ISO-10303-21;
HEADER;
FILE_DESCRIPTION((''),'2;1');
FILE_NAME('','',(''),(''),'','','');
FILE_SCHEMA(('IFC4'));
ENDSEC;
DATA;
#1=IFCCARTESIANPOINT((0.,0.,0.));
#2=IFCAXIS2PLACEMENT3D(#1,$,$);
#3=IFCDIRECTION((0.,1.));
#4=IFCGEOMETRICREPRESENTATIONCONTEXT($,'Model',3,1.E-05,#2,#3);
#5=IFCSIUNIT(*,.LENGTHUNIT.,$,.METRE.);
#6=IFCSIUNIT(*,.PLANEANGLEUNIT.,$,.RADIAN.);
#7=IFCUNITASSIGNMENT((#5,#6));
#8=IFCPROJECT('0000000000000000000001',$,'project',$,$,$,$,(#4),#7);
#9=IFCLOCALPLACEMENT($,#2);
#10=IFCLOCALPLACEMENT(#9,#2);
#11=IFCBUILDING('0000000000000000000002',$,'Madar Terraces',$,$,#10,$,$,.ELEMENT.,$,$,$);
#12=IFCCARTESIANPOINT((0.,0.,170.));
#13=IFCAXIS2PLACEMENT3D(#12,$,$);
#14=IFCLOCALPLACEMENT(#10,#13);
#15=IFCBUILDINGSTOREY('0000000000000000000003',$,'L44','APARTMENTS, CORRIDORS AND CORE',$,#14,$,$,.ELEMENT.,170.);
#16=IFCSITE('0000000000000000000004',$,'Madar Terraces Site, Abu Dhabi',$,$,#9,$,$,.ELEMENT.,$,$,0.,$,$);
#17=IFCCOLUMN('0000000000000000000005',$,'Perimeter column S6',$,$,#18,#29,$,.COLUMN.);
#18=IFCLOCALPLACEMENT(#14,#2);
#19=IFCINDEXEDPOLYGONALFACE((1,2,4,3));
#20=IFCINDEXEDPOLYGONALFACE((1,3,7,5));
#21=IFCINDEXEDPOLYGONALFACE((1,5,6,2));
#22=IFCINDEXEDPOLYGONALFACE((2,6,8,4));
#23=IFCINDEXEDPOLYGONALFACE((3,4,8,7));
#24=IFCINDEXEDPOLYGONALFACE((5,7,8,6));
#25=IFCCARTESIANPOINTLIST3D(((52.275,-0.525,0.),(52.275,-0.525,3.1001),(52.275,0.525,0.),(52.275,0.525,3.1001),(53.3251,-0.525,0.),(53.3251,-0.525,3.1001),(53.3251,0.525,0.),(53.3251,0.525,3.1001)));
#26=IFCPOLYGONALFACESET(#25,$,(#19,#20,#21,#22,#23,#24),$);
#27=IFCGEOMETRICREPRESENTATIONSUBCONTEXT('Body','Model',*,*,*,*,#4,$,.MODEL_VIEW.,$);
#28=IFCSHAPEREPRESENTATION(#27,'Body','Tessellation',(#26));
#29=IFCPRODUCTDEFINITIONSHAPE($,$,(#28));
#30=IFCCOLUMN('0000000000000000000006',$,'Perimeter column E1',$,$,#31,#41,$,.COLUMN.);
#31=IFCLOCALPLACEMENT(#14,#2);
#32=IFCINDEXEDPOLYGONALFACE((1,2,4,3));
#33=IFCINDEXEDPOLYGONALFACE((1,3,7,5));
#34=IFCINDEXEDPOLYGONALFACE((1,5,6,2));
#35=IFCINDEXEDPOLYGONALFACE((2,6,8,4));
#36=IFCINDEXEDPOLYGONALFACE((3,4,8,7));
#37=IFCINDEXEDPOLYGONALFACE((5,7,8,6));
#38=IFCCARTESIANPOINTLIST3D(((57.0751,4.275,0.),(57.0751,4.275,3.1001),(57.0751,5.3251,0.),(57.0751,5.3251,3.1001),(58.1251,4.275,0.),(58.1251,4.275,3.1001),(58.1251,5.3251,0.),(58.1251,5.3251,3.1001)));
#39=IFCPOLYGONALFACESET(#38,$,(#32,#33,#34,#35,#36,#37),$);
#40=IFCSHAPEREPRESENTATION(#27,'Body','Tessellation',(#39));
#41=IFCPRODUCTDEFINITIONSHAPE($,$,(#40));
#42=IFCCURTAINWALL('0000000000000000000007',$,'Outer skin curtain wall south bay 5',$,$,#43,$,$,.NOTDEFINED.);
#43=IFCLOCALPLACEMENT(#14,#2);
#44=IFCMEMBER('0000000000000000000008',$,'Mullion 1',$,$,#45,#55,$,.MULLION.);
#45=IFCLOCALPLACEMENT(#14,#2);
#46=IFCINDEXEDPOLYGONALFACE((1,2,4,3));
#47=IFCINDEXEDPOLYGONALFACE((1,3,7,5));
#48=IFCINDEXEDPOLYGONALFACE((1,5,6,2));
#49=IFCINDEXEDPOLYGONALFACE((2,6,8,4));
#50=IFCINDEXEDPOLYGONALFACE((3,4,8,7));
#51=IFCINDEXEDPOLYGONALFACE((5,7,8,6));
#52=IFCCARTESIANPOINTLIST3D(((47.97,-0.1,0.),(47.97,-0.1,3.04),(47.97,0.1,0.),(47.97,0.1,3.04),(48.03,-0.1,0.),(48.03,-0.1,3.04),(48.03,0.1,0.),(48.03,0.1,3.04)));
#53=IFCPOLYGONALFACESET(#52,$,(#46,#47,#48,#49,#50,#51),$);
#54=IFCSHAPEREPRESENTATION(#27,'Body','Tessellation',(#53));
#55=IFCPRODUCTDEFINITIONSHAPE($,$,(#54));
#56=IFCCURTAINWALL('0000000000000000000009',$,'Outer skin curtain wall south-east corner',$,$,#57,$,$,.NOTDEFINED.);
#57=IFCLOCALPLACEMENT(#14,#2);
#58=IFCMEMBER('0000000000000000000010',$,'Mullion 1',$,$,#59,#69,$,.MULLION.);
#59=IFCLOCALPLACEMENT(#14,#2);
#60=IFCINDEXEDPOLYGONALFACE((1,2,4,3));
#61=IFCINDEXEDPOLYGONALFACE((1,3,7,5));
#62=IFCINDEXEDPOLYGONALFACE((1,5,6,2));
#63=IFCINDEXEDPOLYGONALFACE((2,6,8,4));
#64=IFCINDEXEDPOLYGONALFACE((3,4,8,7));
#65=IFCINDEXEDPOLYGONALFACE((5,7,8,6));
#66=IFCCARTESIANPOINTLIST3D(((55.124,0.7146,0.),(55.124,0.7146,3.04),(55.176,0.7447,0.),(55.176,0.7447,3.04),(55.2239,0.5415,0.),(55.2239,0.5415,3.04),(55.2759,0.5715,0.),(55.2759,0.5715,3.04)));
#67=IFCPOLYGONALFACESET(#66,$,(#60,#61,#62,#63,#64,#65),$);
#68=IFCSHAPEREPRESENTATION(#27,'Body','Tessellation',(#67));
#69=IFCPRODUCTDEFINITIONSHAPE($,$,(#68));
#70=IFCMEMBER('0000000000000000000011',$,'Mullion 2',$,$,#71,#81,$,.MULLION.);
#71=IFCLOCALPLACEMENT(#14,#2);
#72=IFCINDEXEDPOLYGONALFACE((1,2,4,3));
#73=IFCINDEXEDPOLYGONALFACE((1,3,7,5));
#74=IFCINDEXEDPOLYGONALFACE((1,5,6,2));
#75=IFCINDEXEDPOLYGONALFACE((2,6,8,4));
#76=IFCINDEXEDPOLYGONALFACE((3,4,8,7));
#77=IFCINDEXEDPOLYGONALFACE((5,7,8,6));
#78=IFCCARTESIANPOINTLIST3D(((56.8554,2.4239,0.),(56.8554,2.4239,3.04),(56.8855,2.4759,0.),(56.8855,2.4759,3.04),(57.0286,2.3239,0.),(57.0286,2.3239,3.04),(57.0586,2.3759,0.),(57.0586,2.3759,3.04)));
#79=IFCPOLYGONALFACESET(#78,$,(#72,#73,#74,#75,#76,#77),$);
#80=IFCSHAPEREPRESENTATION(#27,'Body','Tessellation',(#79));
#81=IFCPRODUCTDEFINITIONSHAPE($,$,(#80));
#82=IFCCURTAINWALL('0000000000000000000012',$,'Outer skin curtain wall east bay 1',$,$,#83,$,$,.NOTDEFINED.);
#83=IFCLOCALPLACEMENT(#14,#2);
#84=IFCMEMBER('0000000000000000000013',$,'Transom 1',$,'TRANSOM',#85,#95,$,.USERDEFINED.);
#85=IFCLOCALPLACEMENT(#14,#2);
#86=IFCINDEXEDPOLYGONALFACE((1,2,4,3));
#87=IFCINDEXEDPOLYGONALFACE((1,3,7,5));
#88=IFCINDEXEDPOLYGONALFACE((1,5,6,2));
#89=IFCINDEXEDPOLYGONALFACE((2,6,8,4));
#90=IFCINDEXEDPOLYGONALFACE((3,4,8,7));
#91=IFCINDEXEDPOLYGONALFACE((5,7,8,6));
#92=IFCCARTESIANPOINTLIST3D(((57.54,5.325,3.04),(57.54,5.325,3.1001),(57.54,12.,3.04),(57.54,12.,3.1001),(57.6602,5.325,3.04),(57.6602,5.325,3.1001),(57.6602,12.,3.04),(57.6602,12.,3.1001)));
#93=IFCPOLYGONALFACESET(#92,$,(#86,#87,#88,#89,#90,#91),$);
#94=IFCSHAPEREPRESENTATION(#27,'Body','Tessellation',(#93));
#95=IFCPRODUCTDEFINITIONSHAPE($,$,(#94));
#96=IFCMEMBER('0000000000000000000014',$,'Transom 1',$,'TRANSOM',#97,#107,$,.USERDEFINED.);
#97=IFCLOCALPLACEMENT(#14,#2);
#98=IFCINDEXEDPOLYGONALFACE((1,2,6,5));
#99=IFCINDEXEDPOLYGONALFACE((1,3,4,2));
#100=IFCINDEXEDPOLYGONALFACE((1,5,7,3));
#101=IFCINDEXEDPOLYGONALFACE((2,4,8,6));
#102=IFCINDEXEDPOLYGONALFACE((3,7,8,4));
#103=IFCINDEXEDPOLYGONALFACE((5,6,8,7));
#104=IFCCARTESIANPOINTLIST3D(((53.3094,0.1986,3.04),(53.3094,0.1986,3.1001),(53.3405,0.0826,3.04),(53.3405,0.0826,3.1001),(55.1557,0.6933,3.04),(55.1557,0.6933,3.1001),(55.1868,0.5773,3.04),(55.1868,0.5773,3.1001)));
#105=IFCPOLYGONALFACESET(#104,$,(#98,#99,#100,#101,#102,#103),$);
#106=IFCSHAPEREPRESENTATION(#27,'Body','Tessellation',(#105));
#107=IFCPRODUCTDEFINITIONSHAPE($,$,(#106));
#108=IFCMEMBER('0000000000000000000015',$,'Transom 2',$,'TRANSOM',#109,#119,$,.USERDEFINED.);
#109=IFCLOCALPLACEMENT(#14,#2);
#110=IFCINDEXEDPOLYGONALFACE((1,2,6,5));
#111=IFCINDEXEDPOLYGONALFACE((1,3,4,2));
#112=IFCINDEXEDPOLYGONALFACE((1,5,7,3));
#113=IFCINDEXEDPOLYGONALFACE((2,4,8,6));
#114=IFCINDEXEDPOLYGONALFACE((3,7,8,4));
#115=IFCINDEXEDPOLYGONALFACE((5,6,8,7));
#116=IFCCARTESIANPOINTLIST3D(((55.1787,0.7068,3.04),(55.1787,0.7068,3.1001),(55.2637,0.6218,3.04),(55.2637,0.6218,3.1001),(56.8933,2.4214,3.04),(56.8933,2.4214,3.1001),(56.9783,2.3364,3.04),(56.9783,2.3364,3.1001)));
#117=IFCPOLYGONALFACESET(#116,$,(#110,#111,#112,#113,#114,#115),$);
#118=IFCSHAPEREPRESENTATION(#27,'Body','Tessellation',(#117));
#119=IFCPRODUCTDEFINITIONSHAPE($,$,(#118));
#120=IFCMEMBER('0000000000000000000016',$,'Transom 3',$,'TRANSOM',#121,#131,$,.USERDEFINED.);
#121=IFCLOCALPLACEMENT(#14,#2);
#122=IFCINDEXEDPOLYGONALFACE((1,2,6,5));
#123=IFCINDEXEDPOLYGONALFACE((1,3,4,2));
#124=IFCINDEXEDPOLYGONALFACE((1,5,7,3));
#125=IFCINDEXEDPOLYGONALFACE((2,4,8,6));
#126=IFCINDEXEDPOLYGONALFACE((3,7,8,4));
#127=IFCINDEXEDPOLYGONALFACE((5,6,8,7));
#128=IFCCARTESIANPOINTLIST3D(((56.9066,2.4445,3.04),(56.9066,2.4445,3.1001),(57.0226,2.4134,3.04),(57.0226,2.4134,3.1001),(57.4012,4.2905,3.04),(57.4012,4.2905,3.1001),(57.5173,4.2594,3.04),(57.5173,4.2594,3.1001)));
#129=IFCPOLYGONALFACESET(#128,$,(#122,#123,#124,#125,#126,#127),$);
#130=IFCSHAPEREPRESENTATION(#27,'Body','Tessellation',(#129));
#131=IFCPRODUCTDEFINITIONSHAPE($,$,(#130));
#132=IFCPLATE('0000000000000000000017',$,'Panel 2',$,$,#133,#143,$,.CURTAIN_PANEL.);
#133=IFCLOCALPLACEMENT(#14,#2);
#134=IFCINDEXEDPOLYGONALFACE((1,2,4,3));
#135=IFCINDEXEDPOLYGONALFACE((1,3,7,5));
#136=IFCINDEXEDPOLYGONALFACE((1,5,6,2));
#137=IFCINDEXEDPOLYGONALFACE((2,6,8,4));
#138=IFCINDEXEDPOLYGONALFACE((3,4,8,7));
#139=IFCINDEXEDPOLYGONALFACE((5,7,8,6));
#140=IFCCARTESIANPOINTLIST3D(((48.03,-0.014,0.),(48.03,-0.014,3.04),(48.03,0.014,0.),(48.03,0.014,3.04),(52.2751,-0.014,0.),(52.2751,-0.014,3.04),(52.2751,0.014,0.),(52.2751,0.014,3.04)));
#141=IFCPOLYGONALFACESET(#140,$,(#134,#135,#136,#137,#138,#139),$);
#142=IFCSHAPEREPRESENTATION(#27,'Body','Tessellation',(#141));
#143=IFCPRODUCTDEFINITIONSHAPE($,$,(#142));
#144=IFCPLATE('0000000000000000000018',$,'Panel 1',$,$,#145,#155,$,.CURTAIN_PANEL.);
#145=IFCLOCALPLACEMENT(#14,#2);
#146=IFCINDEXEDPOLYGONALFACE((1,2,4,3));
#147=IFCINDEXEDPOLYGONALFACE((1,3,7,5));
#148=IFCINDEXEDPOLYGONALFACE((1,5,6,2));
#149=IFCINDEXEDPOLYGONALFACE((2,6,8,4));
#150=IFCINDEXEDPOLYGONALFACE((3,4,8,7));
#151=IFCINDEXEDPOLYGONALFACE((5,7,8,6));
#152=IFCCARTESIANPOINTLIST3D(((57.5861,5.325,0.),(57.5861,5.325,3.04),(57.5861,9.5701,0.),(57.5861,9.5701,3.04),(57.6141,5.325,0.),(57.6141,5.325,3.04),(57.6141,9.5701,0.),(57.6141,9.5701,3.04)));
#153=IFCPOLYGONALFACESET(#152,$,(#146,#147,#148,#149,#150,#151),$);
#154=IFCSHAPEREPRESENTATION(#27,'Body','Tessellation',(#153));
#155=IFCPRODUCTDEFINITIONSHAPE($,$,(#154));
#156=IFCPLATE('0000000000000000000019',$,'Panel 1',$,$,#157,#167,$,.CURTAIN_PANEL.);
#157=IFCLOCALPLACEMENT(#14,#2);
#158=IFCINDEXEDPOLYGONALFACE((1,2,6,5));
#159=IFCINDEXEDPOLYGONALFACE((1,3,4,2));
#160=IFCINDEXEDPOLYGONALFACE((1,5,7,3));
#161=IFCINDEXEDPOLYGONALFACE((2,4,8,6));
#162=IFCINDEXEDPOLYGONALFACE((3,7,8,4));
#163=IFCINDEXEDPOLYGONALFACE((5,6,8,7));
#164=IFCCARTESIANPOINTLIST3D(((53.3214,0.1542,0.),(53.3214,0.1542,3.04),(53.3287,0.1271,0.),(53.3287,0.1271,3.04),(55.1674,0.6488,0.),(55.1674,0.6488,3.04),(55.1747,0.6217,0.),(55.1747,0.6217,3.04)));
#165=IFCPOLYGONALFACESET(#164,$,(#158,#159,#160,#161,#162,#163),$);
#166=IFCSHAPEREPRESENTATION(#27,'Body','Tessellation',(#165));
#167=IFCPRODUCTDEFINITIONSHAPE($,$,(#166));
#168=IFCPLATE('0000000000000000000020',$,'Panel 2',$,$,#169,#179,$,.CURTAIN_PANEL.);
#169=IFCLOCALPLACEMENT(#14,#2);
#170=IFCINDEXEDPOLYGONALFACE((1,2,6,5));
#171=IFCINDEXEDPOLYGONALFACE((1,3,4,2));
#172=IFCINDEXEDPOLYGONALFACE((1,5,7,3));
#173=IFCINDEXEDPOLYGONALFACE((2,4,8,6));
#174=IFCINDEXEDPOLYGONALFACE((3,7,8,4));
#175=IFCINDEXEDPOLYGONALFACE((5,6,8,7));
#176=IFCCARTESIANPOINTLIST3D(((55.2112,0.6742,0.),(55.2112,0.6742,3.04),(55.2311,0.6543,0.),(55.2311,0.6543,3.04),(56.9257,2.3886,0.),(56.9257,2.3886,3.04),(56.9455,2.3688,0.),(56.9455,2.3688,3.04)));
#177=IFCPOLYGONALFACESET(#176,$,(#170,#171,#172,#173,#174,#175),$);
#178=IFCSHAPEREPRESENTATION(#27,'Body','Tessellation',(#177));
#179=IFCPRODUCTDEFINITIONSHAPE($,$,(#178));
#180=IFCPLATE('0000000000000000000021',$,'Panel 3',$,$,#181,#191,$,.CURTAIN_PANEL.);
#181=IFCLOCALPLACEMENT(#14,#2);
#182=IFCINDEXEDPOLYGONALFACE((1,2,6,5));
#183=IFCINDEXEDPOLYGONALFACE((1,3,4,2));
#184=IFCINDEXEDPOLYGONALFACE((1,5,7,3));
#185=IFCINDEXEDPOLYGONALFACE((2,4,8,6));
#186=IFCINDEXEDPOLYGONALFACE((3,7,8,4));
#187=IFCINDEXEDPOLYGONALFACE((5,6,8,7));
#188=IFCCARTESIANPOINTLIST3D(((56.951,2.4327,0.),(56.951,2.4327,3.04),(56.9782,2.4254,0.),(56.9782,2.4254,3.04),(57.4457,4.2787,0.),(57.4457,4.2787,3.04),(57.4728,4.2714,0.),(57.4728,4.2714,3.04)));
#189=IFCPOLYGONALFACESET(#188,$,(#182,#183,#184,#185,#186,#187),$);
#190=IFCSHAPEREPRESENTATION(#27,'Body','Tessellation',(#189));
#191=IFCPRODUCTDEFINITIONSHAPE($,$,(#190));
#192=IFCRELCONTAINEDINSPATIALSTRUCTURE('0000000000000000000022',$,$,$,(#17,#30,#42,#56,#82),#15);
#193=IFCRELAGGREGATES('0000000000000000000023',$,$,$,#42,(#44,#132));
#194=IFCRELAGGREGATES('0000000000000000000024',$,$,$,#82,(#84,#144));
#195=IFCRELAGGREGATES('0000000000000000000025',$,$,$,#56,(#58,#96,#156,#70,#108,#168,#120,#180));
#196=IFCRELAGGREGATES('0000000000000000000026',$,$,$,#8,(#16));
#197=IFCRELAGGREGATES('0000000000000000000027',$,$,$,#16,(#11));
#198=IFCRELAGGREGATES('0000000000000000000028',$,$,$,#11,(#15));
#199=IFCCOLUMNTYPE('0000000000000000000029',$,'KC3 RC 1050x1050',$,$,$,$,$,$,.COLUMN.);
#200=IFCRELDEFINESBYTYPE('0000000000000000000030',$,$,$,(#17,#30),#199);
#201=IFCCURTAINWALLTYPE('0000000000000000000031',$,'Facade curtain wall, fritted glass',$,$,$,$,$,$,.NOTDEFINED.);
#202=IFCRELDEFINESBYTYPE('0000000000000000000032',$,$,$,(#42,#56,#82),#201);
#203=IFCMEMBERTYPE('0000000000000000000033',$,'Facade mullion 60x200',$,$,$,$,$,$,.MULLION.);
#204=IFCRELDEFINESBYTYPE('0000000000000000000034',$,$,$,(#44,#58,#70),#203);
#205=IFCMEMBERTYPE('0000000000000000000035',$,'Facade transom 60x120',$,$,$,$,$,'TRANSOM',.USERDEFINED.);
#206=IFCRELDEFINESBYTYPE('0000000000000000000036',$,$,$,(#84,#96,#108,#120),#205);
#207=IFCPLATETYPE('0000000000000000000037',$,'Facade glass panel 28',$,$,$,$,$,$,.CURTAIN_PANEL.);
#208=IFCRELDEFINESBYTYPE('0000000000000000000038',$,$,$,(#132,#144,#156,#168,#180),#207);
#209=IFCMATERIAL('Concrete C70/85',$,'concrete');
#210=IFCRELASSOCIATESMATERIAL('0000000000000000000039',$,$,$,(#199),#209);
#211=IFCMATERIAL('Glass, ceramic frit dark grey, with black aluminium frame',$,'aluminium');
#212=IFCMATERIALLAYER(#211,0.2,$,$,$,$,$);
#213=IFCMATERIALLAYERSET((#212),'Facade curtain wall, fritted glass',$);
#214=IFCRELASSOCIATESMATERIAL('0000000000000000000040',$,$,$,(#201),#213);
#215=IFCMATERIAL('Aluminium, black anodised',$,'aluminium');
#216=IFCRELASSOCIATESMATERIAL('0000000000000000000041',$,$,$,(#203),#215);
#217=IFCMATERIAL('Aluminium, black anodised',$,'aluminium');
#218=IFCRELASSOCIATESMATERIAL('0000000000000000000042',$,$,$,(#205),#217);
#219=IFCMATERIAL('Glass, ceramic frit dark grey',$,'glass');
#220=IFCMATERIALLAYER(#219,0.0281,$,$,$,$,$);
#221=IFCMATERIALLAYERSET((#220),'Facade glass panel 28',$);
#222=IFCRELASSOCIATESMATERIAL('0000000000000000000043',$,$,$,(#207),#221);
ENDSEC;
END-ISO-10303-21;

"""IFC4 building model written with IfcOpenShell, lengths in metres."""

from ifc_helpers import new_model, si_unit, direction, frame, origin, origin_2d, place, context, subcontext, project, spatial, rectangle, extrude, material, layer, layer_set, material_profile, profile_set, type_object, element, aggregate, save


model = new_model("IFC4")

# Units and contexts
model_context = context("Model", 3, precision=1e-05, world=origin(), true_north=direction((0.0, 1.0)))
body_context = subcontext(model_context, "Body", "Model", "MODEL_VIEW")
ifc_project = project(units=[si_unit("LENGTHUNIT", "METRE"), si_unit("PLANEANGLEUNIT", "RADIAN")], contexts=[model_context])

# Site, building, storey
site_placement = place(None, origin())
site = spatial("IfcSite", under=ifc_project, at=site_placement, Name="Madar Terraces Site, Abu Dhabi", CompositionType="ELEMENT", RefElevation=0.0)
building_placement = place(site_placement, origin())
building = spatial("IfcBuilding", under=site, at=building_placement, Name="Madar Terraces", CompositionType="ELEMENT")
storey_placement = place(building_placement, frame((0.0, 0.0, 170.0)))
storey = spatial("IfcBuildingStorey", under=building, at=storey_placement, Name="L44", Description="APARTMENTS, CORRIDORS AND CORE", CompositionType="ELEMENT", Elevation=170.0)

# Columns
ifc_material_1 = material(Name="Concrete C70/85", Category="concrete")
ifc_material_profile_1 = material_profile(ifc_material_1, rectangle(XDim=1.05, YDim=1.05, at=origin_2d()), Name="KC3 RC 1050x1050")
ifc_profile_set_1 = profile_set([ifc_material_profile_1], Name="Concrete C70/85")
column_type = type_object("IfcColumnType", Name="KC3 RC 1050x1050", PredefinedType="COLUMN", material=ifc_profile_set_1)
for number, where, z_axis, x_axis, name in (
    (1, (52.8, 0.0, 0.0), (0.0, 0.0, 1.0), (1.0, 0.0, 0.0), "Perimeter column S6"),
    (2, (57.6001, 4.8, 0.0), (0.0, 0.0, 1.0), (1.0, 0.0, 0.0), "Perimeter column E1"),
):
    element("IfcColumn", number, at=place(storey_placement, frame(where, z_axis=z_axis, x_axis=x_axis)), inside=storey, type_object=column_type, Name=name, PredefinedType="COLUMN", context=body_context, shape_type="SweptSolid", body=[
        extrude(rectangle(XDim=1.05, YDim=1.05, at=origin_2d()), origin(), (0.0, 0.0, 1.0), 3.1001),
    ])

# Curtain wall, member
ifc_material_2 = material(Name="Glass, ceramic frit dark grey, with black aluminium frame", Category="aluminium")
ifc_layer_1 = layer(ifc_material_2, 0.2)
ifc_layer_set_1 = layer_set([ifc_layer_1], Name="Facade curtain wall, fritted glass")
curtain_wall_type = type_object("IfcCurtainWallType", Name="Facade curtain wall, fritted glass", PredefinedType="NOTDEFINED", material=ifc_layer_set_1)
curtain_wall_1_placement = place(storey_placement, origin())
curtain_wall_1 = element("IfcCurtainWall", 3, at=curtain_wall_1_placement, inside=storey, type_object=curtain_wall_type, Name="Outer skin curtain wall south bay 5", PredefinedType="NOTDEFINED")
ifc_material_3 = material(Name="Aluminium, black anodised", Category="aluminium")
ifc_material_profile_2 = material_profile(ifc_material_3, rectangle(XDim=0.2, YDim=0.0601, at=origin_2d()), Name="Facade mullion 60x200")
ifc_profile_set_2 = profile_set([ifc_material_profile_2], Name="Aluminium, black anodised")
member_type_1 = type_object("IfcMemberType", Name="Facade mullion 60x200", PredefinedType="MULLION", material=ifc_profile_set_2)
member_1_placement = place(storey_placement, frame((48.0, 0.0, 0.0), z_axis=(0.0, 0.0, 1.0), x_axis=(0.0, 1.0, 0.0)))
member_1 = element("IfcMember", 4, at=member_1_placement, type_object=member_type_1, Name="Mullion 1", PredefinedType="MULLION", context=body_context, shape_type="SweptSolid", body=[
    extrude(rectangle(XDim=0.2, YDim=0.0601, at=origin_2d()), origin(), (0.0, 0.0, 1.0), 3.04),
])

# Curtain wall, members
curtain_wall_2_placement = place(storey_placement, origin())
curtain_wall_2 = element("IfcCurtainWall", 5, at=curtain_wall_2_placement, inside=storey, type_object=curtain_wall_type, Name="Outer skin curtain wall south-east corner", PredefinedType="NOTDEFINED")
member_2_placement = place(storey_placement, frame((55.2, 0.6431, 0.0), z_axis=(0.0, 0.0, 1.0), x_axis=(-0.5, 0.866025, 0.0)))
member_2 = element("IfcMember", 6, at=member_2_placement, type_object=member_type_1, Name="Mullion 1", PredefinedType="MULLION", context=body_context, shape_type="SweptSolid", body=[
    extrude(rectangle(XDim=0.2, YDim=0.0601, at=origin_2d()), origin(), (0.0, 0.0, 1.0), 3.04),
])
member_3_placement = place(storey_placement, frame((56.957, 2.3999, 0.0), z_axis=(0.0, 0.0, 1.0), x_axis=(-0.866025, 0.5, 0.0)))
member_3 = element("IfcMember", 7, at=member_3_placement, type_object=member_type_1, Name="Mullion 2", PredefinedType="MULLION", context=body_context, shape_type="SweptSolid", body=[
    extrude(rectangle(XDim=0.2, YDim=0.0601, at=origin_2d()), origin(), (0.0, 0.0, 1.0), 3.04),
])

# Curtain wall, member
curtain_wall_3_placement = place(storey_placement, origin())
curtain_wall_3 = element("IfcCurtainWall", 8, at=curtain_wall_3_placement, inside=storey, type_object=curtain_wall_type, Name="Outer skin curtain wall east bay 1", PredefinedType="NOTDEFINED")
ifc_material_4 = material(Name="Aluminium, black anodised", Category="aluminium")
ifc_material_profile_3 = material_profile(ifc_material_4, rectangle(XDim=0.1201, YDim=0.0601, at=origin_2d()), Name="Facade transom 60x120")
ifc_profile_set_3 = profile_set([ifc_material_profile_3], Name="Aluminium, black anodised")
member_type_2 = type_object("IfcMemberType", Name="Facade transom 60x120", ElementType="TRANSOM", PredefinedType="USERDEFINED", material=ifc_profile_set_3)
member_4_placement = place(storey_placement, frame((57.6001, 5.325, 3.0701), z_axis=(0.0, 1.0, 0.0), x_axis=(-1.0, 0.0, 0.0)))
member_4 = element("IfcMember", 9, at=member_4_placement, type_object=member_type_2, Name="Transom 1", ObjectType="TRANSOM", PredefinedType="USERDEFINED", context=body_context, shape_type="SweptSolid", body=[
    extrude(rectangle(XDim=0.1201, YDim=0.0601, at=origin_2d()), origin(), (0.0, 0.0, 1.0), 6.675),
])

# Members
member_5_placement = place(storey_placement, frame((53.325, 0.1406, 3.0701), z_axis=(0.965933, 0.258791, 0.0), x_axis=(-0.258791, 0.965933, 0.0)))
member_5 = element("IfcMember", 10, at=member_5_placement, type_object=member_type_2, Name="Transom 1", ObjectType="TRANSOM", PredefinedType="USERDEFINED", context=body_context, shape_type="SweptSolid", body=[
    extrude(rectangle(XDim=0.1201, YDim=0.0601, at=origin_2d()), origin(), (0.0, 0.0, 1.0), 1.9114),
])
member_6_placement = place(storey_placement, frame((55.2212, 0.6643, 3.0701), z_axis=(0.707107, 0.707107, 0.0), x_axis=(-0.707107, 0.707107, 0.0)))
member_6 = element("IfcMember", 11, at=member_6_placement, type_object=member_type_2, Name="Transom 2", ObjectType="TRANSOM", PredefinedType="USERDEFINED", context=body_context, shape_type="SweptSolid", body=[
    extrude(rectangle(XDim=0.1201, YDim=0.0601, at=origin_2d()), origin(), (0.0, 0.0, 1.0), 2.4248),
])
member_7_placement = place(storey_placement, frame((56.9646, 2.429, 3.0701), z_axis=(0.258823, 0.965925, 0.0), x_axis=(-0.965925, 0.258823, 0.0)))
member_7 = element("IfcMember", 12, at=member_7_placement, type_object=member_type_2, Name="Transom 3", ObjectType="TRANSOM", PredefinedType="USERDEFINED", context=body_context, shape_type="SweptSolid", body=[
    extrude(rectangle(XDim=0.1201, YDim=0.0601, at=origin_2d()), origin(), (0.0, 0.0, 1.0), 1.9111),
])

# Plates
ifc_material_5 = material(Name="Glass, ceramic frit dark grey", Category="glass")
ifc_layer_2 = layer(ifc_material_5, 0.0281)
ifc_layer_set_2 = layer_set([ifc_layer_2], Name="Facade glass panel 28")
plate_type = type_object("IfcPlateType", Name="Facade glass panel 28", PredefinedType="CURTAIN_PANEL", material=ifc_layer_set_2)
plate_1_placement = place(storey_placement, frame((50.1526, 0.0, 0.0), z_axis=(0.0, 0.0, 1.0), x_axis=(1.0, 0.0, 0.0)))
plate_1 = element("IfcPlate", 13, at=plate_1_placement, type_object=plate_type, Name="Panel 2", PredefinedType="CURTAIN_PANEL", context=body_context, shape_type="SweptSolid", body=[
    extrude(rectangle(XDim=4.2451, YDim=0.0281, at=origin_2d()), origin(), (0.0, 0.0, 1.0), 3.04),
])
aggregate(curtain_wall_1, [member_1, plate_1])
plate_2_placement = place(storey_placement, frame((57.6001, 7.4475, 0.0), z_axis=(0.0, 0.0, 1.0), x_axis=(0.0, 1.0, 0.0)))
plate_2 = element("IfcPlate", 14, at=plate_2_placement, type_object=plate_type, Name="Panel 1", PredefinedType="CURTAIN_PANEL", context=body_context, shape_type="SweptSolid", body=[
    extrude(rectangle(XDim=4.2451, YDim=0.0281, at=origin_2d()), origin(), (0.0, 0.0, 1.0), 3.04),
])
aggregate(curtain_wall_3, [member_4, plate_2])
plate_3_placement = place(storey_placement, frame((54.248, 0.3879, 0.0), z_axis=(0.0, 0.0, 1.0), x_axis=(0.965926, 0.258819, 0.0)))
plate_3 = element("IfcPlate", 15, at=plate_3_placement, type_object=plate_type, Name="Panel 1", PredefinedType="CURTAIN_PANEL", context=body_context, shape_type="SweptSolid", body=[
    extrude(rectangle(XDim=1.9111, YDim=0.0281, at=origin_2d()), origin(), (0.0, 0.0, 1.0), 3.04),
])
plate_4_placement = place(storey_placement, frame((56.0784, 1.5215, 0.0), z_axis=(0.0, 0.0, 1.0), x_axis=(0.707107, 0.707107, 0.0)))
plate_4 = element("IfcPlate", 16, at=plate_4_placement, type_object=plate_type, Name="Panel 2", PredefinedType="CURTAIN_PANEL", context=body_context, shape_type="SweptSolid", body=[
    extrude(rectangle(XDim=2.4246, YDim=0.0281, at=origin_2d()), origin(), (0.0, 0.0, 1.0), 3.04),
])
plate_5_placement = place(storey_placement, frame((57.2119, 3.3521, 0.0), z_axis=(0.0, 0.0, 1.0), x_axis=(0.258819, 0.965926, 0.0)))
plate_5 = element("IfcPlate", 17, at=plate_5_placement, type_object=plate_type, Name="Panel 3", PredefinedType="CURTAIN_PANEL", context=body_context, shape_type="SweptSolid", body=[
    extrude(rectangle(XDim=1.9111, YDim=0.0281, at=origin_2d()), origin(), (0.0, 0.0, 1.0), 3.04),
])
aggregate(curtain_wall_2, [member_2, member_5, plate_3, member_3, member_6, plate_4, member_7, plate_5])

save(model, "model.ifc")
